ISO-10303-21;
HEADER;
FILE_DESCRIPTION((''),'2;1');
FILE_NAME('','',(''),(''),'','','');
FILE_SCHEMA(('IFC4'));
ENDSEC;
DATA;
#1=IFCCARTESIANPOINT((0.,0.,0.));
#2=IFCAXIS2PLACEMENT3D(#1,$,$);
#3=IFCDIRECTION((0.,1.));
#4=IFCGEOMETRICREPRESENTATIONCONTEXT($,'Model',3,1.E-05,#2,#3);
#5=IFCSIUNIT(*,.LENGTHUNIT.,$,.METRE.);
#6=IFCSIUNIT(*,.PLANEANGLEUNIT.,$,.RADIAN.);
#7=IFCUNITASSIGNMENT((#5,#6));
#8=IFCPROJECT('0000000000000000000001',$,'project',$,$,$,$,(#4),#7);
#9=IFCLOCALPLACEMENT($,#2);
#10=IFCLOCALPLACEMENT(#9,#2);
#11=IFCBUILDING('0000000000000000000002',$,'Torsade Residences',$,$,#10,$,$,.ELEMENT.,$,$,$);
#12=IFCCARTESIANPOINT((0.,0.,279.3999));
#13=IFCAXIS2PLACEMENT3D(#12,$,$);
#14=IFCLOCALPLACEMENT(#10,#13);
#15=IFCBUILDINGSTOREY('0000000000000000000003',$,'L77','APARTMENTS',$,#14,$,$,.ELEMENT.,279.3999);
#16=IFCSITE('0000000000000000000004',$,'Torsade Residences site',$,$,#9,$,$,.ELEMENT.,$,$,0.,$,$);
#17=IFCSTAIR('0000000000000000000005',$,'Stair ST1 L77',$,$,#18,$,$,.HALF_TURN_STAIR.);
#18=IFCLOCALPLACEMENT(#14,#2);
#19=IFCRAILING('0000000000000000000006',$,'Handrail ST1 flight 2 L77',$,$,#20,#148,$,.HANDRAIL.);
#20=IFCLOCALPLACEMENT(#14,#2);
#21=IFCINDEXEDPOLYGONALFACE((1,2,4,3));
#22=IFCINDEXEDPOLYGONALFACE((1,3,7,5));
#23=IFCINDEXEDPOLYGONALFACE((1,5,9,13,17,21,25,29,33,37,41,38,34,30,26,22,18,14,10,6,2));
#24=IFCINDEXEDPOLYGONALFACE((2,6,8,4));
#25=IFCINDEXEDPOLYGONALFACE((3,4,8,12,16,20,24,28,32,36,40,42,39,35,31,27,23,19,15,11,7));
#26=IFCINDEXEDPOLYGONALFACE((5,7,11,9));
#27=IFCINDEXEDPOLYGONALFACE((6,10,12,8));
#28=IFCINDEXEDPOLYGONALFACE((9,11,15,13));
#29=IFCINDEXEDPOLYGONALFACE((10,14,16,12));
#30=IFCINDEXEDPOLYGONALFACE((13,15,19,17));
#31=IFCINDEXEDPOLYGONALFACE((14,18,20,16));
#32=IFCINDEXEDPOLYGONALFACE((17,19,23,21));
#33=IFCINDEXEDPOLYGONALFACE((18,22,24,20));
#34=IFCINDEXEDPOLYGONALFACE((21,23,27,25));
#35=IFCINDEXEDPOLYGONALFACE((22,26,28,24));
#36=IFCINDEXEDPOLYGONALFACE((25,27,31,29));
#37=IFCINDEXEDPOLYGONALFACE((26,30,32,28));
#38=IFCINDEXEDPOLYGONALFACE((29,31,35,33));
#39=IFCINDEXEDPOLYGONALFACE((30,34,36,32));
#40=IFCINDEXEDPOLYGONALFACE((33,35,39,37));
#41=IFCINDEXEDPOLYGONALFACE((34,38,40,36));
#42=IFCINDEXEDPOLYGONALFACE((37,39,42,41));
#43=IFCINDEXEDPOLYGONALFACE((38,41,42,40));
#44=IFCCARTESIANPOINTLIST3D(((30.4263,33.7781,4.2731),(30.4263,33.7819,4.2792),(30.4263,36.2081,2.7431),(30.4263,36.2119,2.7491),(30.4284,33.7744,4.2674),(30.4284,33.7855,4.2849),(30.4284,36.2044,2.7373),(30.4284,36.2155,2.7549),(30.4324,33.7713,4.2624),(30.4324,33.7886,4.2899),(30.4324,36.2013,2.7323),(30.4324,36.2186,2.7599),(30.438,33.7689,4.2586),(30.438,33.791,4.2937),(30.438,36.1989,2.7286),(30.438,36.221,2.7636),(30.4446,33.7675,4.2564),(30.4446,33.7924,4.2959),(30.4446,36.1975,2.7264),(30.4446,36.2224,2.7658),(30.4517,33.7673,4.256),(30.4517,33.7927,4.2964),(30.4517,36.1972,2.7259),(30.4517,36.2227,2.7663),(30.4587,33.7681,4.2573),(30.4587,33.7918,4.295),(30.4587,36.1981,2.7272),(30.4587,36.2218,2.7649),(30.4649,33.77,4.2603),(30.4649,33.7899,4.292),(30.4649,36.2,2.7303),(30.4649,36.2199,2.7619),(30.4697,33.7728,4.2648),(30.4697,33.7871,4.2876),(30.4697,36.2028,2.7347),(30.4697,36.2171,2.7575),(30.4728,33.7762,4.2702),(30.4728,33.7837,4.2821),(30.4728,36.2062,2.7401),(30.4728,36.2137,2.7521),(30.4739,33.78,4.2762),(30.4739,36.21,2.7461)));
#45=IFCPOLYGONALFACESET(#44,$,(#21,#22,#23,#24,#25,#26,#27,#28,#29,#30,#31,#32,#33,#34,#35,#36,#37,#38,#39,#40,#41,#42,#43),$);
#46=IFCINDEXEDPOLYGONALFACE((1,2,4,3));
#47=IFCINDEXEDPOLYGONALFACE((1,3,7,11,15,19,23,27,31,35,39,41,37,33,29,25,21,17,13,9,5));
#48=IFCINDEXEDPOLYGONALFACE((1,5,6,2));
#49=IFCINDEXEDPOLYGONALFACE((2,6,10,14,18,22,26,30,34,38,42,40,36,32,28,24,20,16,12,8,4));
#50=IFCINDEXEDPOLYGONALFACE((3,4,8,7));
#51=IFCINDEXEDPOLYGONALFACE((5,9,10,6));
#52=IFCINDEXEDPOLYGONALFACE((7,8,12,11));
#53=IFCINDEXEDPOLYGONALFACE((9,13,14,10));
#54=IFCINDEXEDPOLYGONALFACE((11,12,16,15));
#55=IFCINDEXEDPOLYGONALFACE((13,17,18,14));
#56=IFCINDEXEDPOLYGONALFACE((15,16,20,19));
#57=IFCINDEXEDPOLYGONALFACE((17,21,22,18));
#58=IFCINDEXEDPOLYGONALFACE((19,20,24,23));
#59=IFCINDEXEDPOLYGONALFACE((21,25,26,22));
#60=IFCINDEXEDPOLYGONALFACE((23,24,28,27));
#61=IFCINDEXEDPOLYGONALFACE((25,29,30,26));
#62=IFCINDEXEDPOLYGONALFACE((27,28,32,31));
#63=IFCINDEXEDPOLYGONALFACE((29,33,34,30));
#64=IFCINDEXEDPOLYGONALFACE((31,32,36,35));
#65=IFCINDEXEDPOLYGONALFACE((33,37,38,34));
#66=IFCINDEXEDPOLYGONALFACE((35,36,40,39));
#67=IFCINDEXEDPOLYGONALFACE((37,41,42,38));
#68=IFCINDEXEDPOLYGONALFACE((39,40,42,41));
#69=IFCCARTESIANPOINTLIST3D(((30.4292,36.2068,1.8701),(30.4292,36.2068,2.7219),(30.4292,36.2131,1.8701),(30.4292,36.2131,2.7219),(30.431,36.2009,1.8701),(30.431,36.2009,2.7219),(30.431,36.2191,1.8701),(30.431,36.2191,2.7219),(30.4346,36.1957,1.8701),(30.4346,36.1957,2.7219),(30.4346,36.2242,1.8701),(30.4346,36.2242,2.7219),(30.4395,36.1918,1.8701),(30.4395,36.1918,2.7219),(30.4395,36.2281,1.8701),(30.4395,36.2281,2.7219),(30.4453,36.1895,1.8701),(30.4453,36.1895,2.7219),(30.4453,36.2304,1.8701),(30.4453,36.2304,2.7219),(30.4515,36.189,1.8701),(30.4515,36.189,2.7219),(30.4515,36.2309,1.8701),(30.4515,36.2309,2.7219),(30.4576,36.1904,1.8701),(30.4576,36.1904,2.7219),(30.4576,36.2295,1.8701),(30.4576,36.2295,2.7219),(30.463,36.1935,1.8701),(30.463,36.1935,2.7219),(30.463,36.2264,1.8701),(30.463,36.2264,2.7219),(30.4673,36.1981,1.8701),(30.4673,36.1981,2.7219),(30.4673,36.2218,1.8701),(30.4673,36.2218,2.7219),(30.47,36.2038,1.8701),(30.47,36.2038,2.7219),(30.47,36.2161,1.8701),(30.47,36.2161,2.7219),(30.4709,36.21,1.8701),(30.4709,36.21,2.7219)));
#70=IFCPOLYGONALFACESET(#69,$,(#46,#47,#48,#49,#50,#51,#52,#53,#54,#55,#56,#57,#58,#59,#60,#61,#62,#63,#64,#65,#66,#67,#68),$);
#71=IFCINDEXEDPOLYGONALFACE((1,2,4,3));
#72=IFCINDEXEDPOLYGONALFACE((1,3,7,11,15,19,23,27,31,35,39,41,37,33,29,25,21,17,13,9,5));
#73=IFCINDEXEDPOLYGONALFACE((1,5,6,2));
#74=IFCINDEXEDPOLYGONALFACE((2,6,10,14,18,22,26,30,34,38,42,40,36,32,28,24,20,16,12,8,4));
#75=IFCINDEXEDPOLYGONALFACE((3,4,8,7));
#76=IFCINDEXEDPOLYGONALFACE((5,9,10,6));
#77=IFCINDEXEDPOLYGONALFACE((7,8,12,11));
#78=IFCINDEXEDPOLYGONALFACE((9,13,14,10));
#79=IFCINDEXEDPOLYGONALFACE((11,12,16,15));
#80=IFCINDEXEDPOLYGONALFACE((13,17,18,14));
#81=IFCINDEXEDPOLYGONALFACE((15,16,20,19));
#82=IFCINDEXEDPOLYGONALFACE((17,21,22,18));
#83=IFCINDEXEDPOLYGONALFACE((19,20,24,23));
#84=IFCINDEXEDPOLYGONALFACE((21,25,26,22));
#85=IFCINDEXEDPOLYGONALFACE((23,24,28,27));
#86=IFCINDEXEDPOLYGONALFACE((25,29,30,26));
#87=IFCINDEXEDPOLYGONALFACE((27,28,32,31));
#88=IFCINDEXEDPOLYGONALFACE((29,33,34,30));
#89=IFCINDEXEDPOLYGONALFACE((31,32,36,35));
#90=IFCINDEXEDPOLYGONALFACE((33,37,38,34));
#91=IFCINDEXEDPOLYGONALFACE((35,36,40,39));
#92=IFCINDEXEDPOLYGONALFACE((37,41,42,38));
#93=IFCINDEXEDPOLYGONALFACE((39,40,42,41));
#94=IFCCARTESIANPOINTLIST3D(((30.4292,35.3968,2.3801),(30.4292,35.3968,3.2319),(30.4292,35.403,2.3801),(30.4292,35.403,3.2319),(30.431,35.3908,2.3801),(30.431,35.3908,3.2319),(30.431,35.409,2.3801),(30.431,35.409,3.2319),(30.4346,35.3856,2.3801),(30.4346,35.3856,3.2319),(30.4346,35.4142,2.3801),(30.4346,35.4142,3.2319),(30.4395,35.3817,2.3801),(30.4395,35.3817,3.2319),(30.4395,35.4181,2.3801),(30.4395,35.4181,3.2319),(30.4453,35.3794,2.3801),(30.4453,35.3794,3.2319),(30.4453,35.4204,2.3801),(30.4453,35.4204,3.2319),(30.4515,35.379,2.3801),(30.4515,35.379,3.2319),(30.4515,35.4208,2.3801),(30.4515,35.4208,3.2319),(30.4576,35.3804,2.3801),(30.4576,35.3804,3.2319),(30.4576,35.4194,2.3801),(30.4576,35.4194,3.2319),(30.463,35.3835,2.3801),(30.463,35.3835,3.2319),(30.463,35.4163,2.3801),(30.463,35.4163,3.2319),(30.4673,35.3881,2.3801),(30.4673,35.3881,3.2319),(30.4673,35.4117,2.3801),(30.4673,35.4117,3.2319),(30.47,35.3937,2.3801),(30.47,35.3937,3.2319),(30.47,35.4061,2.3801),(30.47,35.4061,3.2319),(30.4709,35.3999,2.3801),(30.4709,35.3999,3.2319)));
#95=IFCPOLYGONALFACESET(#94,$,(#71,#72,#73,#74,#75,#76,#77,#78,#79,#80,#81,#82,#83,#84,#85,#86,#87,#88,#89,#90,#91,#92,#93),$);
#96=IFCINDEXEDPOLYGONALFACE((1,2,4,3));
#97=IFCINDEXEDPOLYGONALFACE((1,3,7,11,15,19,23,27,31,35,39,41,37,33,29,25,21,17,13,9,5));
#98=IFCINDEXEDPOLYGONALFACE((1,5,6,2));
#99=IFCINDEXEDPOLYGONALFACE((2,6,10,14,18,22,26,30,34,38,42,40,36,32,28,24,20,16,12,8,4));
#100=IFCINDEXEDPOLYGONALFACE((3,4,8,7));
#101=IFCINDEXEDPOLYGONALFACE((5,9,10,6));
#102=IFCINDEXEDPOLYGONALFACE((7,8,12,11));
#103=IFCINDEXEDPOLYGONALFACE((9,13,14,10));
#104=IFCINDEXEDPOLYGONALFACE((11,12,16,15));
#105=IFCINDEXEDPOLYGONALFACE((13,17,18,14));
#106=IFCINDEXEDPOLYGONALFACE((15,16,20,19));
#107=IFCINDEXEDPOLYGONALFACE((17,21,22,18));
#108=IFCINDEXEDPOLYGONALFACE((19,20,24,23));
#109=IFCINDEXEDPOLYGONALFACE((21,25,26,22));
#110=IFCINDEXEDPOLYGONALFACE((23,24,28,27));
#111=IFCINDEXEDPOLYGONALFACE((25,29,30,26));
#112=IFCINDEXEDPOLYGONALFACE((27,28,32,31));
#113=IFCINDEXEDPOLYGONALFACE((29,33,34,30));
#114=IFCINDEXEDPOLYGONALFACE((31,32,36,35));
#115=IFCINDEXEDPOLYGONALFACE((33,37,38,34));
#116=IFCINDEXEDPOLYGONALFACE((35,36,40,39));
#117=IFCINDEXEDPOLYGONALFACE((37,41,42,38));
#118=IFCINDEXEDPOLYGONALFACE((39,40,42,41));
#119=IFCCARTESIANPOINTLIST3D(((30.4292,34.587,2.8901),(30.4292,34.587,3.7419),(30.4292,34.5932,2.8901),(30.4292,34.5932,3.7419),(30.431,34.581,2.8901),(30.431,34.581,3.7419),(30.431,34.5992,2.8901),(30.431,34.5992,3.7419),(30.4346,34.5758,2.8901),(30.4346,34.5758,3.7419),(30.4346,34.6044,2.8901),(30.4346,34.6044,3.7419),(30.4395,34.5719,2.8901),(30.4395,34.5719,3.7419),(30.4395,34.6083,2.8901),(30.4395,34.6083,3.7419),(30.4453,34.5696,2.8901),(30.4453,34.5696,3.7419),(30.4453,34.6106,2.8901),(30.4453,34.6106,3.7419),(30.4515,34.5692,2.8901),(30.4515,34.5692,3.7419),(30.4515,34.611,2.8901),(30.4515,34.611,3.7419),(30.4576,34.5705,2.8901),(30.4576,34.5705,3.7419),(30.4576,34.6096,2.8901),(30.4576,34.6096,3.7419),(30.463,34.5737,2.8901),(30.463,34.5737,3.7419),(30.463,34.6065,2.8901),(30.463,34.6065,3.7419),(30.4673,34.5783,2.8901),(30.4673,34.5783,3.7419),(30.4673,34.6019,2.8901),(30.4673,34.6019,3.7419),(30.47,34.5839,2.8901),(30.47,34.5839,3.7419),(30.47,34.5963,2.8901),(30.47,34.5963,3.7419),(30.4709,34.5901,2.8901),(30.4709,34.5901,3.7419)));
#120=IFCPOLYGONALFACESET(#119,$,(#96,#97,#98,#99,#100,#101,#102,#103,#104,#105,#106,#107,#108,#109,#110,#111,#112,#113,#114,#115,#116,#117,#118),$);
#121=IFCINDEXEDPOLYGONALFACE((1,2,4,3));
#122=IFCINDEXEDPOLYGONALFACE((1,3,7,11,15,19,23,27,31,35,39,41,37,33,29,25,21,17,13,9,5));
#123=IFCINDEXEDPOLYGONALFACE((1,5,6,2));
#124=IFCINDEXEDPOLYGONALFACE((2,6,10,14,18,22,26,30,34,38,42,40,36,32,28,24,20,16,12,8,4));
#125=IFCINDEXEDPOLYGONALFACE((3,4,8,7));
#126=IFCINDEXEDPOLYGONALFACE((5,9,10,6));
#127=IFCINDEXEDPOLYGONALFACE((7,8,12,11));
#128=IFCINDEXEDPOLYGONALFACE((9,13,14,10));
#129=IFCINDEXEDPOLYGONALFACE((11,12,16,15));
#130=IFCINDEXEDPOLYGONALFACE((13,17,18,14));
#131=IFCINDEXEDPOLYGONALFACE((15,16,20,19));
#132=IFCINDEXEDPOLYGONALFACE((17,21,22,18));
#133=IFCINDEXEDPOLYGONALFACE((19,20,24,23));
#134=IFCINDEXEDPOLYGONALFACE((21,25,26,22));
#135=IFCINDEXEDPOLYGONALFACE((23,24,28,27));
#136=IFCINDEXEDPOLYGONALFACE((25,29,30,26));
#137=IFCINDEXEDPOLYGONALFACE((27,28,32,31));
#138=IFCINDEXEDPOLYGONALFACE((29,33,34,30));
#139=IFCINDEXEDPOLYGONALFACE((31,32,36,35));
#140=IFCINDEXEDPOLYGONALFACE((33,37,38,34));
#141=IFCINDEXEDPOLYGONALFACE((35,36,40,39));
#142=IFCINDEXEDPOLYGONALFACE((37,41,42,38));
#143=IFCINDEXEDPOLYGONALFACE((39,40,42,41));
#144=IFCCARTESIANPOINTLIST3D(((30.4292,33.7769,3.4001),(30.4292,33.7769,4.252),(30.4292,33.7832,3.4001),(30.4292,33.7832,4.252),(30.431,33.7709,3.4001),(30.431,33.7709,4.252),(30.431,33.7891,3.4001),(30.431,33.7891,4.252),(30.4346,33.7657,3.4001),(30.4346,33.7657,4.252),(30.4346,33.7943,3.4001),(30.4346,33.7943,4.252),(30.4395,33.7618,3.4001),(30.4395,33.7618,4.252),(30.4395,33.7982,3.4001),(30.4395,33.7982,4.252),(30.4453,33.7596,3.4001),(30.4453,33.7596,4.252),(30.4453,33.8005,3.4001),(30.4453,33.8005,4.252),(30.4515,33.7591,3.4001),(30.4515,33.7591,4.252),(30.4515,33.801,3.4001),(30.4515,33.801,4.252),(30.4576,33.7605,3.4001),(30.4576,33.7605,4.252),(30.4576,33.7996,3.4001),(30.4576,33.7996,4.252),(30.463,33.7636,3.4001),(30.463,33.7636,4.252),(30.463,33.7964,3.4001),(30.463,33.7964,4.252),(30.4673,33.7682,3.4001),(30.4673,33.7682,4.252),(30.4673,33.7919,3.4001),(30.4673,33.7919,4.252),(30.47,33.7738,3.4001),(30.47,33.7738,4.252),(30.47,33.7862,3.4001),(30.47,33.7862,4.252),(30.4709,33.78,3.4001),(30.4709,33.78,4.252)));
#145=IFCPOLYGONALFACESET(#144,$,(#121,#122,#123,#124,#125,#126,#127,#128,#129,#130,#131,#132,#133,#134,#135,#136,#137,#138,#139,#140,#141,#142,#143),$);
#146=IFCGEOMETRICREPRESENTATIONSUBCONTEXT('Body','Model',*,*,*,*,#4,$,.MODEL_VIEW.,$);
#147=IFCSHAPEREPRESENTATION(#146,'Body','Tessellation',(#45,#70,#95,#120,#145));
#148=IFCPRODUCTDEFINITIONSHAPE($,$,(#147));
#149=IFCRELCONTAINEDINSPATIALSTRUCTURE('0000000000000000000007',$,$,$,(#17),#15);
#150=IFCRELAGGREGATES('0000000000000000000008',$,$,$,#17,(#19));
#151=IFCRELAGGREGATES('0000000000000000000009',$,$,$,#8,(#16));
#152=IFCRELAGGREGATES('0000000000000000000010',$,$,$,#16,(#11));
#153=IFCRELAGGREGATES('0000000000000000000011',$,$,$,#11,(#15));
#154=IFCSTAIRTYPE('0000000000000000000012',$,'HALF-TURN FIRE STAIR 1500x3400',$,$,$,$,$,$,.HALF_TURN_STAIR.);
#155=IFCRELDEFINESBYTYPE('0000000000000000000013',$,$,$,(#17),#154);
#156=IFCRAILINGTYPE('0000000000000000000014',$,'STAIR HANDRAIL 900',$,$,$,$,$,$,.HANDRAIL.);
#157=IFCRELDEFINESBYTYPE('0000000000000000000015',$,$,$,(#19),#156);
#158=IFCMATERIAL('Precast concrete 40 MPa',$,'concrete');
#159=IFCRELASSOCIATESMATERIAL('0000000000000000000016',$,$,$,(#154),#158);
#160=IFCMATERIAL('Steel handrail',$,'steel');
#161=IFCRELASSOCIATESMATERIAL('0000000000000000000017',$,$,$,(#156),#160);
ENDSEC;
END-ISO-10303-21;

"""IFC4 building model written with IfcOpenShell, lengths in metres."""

from ifc_helpers import new_model, si_unit, direction, frame, origin, origin_2d, place, context, subcontext, project, spatial, circle, extrude, material, type_object, element, aggregate, save


model = new_model("IFC4")

# Units and contexts
model_context = context("Model", 3, precision=1e-05, world=origin(), true_north=direction((0.0, 1.0)))
body_context = subcontext(model_context, "Body", "Model", "MODEL_VIEW")
ifc_project = project(units=[si_unit("LENGTHUNIT", "METRE"), si_unit("PLANEANGLEUNIT", "RADIAN")], contexts=[model_context])

# Site, building, storey
site_placement = place(None, origin())
site = spatial("IfcSite", under=ifc_project, at=site_placement, Name="Torsade Residences site", CompositionType="ELEMENT", RefElevation=0.0)
building_placement = place(site_placement, origin())
building = spatial("IfcBuilding", under=site, at=building_placement, Name="Torsade Residences", CompositionType="ELEMENT")
storey_placement = place(building_placement, frame((0.0, 0.0, 279.3999)))
storey = spatial("IfcBuildingStorey", under=building, at=storey_placement, Name="L77", Description="APARTMENTS", CompositionType="ELEMENT", Elevation=279.3999)

# Stair, railing
ifc_material_1 = material(Name="Precast concrete 40 MPa", Category="concrete")
stair_type = type_object("IfcStairType", Name="HALF-TURN FIRE STAIR 1500x3400", PredefinedType="HALF_TURN_STAIR", material=ifc_material_1)
stair_placement = place(storey_placement, origin())
stair = element("IfcStair", 1, at=stair_placement, inside=storey, type_object=stair_type, Name="Stair ST1 L77", PredefinedType="HALF_TURN_STAIR")
ifc_material_2 = material(Name="Steel handrail", Category="steel")
railing_type = type_object("IfcRailingType", Name="STAIR HANDRAIL 900", PredefinedType="HANDRAIL", material=ifc_material_2)
railing_1_placement = place(storey_placement, frame((30.45, 36.21, 1.8701)))
railing_1 = element("IfcRailing", 2, at=railing_1_placement, type_object=railing_type, Name="Handrail ST1 flight 2 L77", PredefinedType="HANDRAIL", context=body_context, shape_type="SweptSolid", body=[
    extrude(circle(Radius=0.0239, at=origin_2d()), frame((0.0, 0.0, 0.876), z_axis=(0.0, -0.846221, 0.532831), x_axis=(1.0, 0.0, 0.0)), (0.0, 0.0, 1.0), 2.8716),
    extrude(circle(Radius=0.021, at=origin_2d()), origin(), (0.0, 0.0, 1.0), 0.8518),
    extrude(circle(Radius=0.021, at=origin_2d()), frame((0.0, -0.8101, 0.51)), (0.0, 0.0, 1.0), 0.8518),
    extrude(circle(Radius=0.021, at=origin_2d()), frame((0.0, -1.6199, 1.02)), (0.0, 0.0, 1.0), 0.8518),
    extrude(circle(Radius=0.021, at=origin_2d()), frame((0.0, -2.4299, 1.53)), (0.0, 0.0, 1.0), 0.8518),
])
aggregate(stair, [railing_1])

save(model, "model.ifc")
